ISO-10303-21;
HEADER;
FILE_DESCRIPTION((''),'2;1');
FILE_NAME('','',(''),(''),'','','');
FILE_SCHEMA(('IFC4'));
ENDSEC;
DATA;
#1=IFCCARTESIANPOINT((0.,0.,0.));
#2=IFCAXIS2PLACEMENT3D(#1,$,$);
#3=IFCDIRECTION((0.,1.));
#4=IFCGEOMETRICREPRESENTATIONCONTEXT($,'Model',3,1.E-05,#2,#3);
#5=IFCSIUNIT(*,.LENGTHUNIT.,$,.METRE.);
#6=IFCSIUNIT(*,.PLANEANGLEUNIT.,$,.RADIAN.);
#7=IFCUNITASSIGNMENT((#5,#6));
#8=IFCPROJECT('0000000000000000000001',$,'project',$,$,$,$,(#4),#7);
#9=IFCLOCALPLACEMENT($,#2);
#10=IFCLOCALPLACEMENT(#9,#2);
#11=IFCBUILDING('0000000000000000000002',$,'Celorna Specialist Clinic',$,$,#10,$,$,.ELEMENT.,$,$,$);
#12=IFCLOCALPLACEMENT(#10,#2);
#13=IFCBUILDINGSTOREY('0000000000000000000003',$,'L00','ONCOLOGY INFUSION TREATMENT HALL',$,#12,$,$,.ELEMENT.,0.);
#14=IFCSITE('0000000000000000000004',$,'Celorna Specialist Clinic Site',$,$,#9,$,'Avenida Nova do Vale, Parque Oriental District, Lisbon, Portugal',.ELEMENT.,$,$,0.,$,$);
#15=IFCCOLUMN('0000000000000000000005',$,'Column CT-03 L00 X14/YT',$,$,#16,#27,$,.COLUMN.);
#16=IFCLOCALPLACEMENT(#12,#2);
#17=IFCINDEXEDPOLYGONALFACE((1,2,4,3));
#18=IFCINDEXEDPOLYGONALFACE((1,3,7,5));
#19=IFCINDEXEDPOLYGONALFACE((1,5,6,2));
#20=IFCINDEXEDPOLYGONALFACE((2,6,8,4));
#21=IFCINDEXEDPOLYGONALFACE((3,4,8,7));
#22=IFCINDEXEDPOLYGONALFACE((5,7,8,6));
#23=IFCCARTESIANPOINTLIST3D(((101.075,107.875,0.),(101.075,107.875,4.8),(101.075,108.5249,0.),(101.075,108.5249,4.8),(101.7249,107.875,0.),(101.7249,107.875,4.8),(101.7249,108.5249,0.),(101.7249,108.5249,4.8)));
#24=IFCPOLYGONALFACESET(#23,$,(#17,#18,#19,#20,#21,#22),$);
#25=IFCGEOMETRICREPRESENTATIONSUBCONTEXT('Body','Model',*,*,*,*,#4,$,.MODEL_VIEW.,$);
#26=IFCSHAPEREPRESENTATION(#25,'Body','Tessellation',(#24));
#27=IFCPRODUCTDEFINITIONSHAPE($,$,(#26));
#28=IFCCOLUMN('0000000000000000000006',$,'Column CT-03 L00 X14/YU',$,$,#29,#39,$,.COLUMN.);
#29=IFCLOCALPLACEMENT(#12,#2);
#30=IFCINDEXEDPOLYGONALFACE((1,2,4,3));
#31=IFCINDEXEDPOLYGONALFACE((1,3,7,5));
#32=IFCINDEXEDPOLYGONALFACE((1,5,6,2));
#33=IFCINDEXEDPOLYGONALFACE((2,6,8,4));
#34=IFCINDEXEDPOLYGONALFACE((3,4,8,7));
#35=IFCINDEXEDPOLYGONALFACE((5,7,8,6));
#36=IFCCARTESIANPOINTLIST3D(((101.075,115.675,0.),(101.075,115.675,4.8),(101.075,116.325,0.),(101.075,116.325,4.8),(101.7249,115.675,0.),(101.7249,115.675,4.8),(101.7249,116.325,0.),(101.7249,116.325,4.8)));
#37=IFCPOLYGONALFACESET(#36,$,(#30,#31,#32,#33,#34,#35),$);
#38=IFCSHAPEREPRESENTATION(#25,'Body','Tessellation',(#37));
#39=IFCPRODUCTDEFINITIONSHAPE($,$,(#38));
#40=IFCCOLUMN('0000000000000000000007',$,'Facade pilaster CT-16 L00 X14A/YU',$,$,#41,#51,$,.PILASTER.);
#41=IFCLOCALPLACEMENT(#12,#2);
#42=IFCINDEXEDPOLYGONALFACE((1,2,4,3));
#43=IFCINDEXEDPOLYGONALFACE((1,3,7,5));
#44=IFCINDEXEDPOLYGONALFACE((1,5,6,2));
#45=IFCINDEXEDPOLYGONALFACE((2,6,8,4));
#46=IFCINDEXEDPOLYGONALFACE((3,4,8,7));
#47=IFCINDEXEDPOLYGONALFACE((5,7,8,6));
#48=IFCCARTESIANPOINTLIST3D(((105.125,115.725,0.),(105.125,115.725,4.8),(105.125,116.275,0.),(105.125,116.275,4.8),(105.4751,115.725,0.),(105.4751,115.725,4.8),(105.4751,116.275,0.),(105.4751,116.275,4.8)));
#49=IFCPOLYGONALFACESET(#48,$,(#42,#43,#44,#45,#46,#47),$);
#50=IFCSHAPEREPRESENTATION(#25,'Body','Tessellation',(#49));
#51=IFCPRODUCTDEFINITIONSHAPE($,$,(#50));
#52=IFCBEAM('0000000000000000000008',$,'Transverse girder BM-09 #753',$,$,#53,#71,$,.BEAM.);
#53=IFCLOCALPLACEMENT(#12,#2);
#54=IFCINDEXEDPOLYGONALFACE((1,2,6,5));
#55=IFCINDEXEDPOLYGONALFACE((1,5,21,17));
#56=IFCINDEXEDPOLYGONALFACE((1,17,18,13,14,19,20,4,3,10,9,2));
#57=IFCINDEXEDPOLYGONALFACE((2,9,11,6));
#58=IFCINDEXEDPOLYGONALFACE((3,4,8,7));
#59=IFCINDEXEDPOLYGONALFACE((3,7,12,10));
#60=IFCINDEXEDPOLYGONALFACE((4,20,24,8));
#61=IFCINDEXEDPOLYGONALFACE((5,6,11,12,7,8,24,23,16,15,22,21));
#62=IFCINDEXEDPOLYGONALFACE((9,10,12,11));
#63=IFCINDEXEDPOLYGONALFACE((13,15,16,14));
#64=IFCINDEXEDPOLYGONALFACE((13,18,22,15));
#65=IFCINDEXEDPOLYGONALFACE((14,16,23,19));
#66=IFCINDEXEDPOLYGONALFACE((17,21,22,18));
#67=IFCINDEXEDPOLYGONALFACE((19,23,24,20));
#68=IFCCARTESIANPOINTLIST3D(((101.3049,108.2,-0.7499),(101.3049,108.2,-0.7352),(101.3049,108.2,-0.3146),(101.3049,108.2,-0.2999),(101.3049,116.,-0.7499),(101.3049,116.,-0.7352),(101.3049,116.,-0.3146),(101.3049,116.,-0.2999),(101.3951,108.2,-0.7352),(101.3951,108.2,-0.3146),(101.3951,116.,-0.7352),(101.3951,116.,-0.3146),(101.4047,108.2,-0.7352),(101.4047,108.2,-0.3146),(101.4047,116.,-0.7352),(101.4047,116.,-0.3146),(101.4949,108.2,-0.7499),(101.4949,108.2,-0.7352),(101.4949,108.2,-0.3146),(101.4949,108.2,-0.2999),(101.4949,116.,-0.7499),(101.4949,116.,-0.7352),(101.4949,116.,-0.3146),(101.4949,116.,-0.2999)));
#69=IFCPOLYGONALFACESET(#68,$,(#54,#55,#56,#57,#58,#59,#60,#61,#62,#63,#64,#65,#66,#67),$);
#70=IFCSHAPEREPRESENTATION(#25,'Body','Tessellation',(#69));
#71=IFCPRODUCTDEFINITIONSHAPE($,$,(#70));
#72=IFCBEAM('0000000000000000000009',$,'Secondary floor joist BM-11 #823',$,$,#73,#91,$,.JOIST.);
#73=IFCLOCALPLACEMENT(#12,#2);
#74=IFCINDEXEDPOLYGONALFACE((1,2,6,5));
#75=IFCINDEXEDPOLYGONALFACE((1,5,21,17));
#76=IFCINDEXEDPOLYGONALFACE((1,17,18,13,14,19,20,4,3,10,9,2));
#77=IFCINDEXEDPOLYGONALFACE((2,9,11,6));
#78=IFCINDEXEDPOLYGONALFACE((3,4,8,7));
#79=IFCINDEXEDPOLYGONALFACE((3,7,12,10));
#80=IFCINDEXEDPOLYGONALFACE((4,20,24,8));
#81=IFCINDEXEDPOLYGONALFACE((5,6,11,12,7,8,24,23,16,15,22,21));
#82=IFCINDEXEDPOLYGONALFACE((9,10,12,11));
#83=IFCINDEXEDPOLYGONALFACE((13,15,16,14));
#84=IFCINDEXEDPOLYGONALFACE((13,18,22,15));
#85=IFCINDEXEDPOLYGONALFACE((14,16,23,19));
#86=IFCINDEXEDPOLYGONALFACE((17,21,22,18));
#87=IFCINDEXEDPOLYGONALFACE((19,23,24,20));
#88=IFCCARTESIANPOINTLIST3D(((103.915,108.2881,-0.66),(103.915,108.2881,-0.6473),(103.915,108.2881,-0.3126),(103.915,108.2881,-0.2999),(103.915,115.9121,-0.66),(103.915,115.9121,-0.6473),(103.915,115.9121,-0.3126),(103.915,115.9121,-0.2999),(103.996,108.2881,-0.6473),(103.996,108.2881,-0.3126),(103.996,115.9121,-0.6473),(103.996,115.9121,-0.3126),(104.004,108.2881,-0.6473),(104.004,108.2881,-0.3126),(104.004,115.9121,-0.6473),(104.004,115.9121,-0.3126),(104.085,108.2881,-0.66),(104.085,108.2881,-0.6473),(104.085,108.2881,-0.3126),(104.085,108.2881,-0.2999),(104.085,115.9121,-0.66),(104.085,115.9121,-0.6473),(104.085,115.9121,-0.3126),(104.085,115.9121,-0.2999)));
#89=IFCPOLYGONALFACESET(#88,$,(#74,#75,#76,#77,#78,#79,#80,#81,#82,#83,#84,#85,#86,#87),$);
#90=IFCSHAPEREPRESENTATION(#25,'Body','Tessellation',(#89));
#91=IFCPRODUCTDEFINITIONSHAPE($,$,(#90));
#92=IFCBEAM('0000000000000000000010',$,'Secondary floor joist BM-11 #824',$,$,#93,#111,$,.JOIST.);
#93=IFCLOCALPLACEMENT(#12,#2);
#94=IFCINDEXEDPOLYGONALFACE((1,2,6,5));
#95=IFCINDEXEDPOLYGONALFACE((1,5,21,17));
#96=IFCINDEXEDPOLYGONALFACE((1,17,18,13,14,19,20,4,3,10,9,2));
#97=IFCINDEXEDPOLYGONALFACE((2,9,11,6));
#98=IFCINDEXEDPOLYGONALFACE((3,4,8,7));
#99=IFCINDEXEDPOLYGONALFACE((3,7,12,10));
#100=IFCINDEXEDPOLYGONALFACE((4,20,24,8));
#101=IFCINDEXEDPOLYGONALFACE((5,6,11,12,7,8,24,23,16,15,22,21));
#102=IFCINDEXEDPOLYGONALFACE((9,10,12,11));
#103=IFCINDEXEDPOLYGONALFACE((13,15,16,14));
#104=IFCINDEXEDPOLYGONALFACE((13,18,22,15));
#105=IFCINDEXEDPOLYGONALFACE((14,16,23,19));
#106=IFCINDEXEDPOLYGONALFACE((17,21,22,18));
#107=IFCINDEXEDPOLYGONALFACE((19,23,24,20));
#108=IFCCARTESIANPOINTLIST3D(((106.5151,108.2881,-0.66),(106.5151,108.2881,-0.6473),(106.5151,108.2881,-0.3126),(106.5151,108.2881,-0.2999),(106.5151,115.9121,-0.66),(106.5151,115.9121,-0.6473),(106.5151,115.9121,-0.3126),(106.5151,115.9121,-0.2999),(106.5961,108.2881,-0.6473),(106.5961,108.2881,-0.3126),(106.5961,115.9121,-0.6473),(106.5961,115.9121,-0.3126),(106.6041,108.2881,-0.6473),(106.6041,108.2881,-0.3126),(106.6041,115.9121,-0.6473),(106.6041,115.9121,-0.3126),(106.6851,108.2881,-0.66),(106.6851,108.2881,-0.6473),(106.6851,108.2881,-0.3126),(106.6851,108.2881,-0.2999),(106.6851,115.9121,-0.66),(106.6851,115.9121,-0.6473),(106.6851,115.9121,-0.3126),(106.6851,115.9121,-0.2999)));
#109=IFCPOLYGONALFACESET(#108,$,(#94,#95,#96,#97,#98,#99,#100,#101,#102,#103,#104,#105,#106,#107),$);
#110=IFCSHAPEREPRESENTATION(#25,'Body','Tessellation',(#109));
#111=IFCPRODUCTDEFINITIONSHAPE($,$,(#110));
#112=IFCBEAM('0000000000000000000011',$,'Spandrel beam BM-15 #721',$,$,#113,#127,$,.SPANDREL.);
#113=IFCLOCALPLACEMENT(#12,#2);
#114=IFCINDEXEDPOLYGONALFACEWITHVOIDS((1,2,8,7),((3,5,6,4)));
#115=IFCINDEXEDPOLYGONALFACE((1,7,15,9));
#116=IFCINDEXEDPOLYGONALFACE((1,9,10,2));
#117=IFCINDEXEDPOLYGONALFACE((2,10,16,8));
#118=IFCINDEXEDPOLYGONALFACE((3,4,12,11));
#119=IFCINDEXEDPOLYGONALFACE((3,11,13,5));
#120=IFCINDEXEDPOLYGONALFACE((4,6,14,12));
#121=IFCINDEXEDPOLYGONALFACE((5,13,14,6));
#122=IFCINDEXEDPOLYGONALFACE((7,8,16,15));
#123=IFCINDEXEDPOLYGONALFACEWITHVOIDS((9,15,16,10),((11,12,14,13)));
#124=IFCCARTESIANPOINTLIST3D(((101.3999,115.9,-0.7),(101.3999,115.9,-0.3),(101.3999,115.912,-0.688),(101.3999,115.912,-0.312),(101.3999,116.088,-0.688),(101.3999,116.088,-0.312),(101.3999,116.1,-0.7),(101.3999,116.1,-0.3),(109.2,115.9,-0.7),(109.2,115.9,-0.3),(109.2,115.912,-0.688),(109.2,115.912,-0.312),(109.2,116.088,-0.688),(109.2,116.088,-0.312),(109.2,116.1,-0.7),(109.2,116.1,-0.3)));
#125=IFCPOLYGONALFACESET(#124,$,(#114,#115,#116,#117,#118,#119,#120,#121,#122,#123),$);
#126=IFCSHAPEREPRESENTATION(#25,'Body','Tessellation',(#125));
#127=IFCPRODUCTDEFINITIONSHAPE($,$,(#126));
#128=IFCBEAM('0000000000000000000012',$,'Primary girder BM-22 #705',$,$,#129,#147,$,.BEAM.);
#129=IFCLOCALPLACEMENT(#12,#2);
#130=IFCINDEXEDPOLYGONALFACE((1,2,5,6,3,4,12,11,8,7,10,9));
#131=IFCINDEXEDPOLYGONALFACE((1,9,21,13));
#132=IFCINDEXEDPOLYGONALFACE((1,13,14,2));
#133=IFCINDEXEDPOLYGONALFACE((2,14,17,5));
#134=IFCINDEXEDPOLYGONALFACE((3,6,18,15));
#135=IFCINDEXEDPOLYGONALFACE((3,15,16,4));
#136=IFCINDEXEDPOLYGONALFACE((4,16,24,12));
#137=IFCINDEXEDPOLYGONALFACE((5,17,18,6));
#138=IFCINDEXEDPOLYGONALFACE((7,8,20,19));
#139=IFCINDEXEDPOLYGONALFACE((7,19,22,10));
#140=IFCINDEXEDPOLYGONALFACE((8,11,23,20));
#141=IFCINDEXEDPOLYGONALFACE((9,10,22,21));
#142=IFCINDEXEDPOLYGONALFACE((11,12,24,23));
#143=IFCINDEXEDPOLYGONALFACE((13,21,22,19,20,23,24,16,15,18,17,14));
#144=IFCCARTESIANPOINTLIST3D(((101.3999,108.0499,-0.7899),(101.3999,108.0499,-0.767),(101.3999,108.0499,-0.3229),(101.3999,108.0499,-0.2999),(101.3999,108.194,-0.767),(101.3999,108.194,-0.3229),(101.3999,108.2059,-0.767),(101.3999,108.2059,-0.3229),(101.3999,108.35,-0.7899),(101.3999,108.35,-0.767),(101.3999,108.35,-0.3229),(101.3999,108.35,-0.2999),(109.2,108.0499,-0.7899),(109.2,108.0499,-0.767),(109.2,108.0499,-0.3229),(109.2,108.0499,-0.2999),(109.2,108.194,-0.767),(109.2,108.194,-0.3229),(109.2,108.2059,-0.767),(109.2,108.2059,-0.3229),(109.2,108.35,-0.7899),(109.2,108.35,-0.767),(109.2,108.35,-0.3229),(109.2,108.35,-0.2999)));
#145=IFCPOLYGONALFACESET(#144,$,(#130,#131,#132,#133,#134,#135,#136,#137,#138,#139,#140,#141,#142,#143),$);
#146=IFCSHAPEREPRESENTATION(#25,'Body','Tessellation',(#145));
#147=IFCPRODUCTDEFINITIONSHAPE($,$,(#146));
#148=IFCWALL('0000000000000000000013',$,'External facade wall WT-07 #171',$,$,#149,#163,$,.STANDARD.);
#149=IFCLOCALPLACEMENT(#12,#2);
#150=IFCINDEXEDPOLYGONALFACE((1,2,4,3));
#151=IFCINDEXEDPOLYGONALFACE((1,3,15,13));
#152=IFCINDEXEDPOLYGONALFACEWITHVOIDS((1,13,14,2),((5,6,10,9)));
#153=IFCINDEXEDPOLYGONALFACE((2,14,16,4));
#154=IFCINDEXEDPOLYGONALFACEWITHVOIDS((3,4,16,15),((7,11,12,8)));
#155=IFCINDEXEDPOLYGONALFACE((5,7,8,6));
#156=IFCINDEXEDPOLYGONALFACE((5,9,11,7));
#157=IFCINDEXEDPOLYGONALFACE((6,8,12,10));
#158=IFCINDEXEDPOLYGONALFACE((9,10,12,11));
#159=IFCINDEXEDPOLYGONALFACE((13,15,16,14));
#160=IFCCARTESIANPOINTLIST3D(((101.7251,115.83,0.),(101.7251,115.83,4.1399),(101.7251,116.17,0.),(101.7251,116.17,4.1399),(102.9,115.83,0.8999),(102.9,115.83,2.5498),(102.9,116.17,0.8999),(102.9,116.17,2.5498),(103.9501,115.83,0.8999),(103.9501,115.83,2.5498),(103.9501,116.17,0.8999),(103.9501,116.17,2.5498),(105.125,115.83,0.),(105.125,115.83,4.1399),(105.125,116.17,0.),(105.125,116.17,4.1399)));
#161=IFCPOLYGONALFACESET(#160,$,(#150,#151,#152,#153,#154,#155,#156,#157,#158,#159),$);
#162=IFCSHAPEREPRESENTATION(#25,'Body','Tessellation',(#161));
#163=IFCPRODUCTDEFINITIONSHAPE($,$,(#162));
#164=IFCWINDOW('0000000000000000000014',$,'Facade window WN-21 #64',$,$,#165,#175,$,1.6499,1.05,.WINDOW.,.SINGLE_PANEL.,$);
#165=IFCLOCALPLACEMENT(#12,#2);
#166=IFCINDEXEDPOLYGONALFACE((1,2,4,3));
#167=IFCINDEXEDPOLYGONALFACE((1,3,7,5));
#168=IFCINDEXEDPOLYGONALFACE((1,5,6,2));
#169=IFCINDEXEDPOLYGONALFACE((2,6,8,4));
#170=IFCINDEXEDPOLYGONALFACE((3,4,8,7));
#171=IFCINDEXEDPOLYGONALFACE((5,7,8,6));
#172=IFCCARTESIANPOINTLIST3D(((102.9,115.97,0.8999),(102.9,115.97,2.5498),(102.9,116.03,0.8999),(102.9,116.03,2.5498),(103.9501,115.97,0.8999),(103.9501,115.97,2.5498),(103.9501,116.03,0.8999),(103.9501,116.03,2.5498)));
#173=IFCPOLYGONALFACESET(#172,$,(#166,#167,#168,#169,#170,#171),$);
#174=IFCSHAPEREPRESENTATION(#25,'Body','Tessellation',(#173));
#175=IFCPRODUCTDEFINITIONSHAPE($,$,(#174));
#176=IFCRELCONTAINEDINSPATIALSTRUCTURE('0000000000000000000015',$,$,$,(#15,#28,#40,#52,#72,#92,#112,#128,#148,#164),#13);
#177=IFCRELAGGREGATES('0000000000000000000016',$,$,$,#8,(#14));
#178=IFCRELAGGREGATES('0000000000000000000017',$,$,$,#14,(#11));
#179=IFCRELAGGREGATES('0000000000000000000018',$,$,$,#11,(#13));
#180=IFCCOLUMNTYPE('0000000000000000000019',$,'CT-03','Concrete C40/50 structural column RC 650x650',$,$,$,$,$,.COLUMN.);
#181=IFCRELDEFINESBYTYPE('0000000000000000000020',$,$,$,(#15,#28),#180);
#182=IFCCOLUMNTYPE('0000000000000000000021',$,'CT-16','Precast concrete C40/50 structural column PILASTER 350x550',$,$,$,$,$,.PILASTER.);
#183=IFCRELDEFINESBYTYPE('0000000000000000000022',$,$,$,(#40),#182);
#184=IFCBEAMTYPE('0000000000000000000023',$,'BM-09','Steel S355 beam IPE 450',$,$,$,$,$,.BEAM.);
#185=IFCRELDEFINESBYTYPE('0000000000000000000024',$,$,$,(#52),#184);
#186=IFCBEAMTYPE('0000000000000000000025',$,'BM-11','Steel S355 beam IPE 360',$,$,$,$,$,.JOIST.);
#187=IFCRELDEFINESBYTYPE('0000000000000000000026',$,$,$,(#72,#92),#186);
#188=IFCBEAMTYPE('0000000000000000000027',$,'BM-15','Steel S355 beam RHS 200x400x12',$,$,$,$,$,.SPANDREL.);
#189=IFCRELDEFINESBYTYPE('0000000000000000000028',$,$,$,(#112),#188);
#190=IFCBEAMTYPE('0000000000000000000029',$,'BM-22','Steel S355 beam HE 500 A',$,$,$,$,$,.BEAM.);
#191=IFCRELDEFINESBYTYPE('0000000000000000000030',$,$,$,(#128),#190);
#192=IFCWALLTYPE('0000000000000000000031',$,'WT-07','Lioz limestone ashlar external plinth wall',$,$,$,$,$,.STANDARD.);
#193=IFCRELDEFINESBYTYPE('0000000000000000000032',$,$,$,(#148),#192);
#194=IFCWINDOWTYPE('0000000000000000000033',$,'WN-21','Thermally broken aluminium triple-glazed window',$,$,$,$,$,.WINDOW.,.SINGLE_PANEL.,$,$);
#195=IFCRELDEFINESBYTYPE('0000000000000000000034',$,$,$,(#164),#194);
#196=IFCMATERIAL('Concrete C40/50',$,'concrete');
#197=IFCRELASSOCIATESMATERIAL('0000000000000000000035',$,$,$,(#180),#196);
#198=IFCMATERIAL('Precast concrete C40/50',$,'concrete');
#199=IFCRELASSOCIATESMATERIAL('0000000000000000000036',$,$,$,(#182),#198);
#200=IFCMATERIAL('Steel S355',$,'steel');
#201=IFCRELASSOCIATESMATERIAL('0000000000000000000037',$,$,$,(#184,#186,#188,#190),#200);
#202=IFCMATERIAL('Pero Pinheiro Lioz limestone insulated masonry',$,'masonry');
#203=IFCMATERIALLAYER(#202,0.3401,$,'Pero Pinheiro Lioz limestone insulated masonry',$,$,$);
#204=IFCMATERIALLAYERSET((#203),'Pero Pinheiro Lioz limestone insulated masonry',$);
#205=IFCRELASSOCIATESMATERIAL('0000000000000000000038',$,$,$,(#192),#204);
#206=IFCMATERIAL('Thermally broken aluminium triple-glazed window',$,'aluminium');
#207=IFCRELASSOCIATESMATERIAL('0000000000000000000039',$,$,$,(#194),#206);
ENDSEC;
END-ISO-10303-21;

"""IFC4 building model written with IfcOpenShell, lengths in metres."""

from ifc_helpers import new_model, si_unit, direction, frame, frame_2d, origin, origin_2d, place, context, subcontext, project, spatial, rectangle, hollow_rectangle, i_section, extrude, material, layer, layer_set, material_profile, profile_set, type_object, element, fill, save


model = new_model("IFC4")

# Units and contexts
model_context = context("Model", 3, precision=1e-05, world=origin(), true_north=direction((0.0, 1.0)))
body_context = subcontext(model_context, "Body", "Model", "MODEL_VIEW")
ifc_project = project(units=[si_unit("LENGTHUNIT", "METRE"), si_unit("PLANEANGLEUNIT", "RADIAN")], contexts=[model_context])

# Site, building, storey
site_placement = place(None, origin())
site = spatial("IfcSite", under=ifc_project, at=site_placement, Name="Celorna Specialist Clinic Site", LongName="Avenida Nova do Vale, Parque Oriental District, Lisbon, Portugal", CompositionType="ELEMENT", RefElevation=0.0)
building_placement = place(site_placement, origin())
building = spatial("IfcBuilding", under=site, at=building_placement, Name="Celorna Specialist Clinic", CompositionType="ELEMENT")
storey_placement = place(building_placement, origin())
storey = spatial("IfcBuildingStorey", under=building, at=storey_placement, Name="L00", Description="ONCOLOGY INFUSION TREATMENT HALL", CompositionType="ELEMENT", Elevation=0.0)

# Columns
ifc_material_1 = material(Name="Concrete C40/50", Category="concrete")
ifc_material_profile_1 = material_profile(ifc_material_1, rectangle(XDim=0.6499, YDim=0.6499, at=origin_2d()), Name="RC 650x650")
ifc_profile_set_1 = profile_set([ifc_material_profile_1], Name="Concrete C40/50")
column_type_1 = type_object("IfcColumnType", Name="CT-03", Description="Concrete C40/50 structural column RC 650x650", PredefinedType="COLUMN", material=ifc_profile_set_1)
for number, where, z_axis, x_axis, name in (
    (1, (101.3999, 108.2, 0.0), (0.0, 0.0, 1.0), (1.0, 0.0, 0.0), "Column CT-03 L00 X14/YT"),
    (2, (101.3999, 116.0, 0.0), (0.0, 0.0, 1.0), (1.0, 0.0, 0.0), "Column CT-03 L00 X14/YU"),
):
    element("IfcColumn", number, at=place(storey_placement, frame(where, z_axis=z_axis, x_axis=x_axis)), inside=storey, type_object=column_type_1, Name=name, PredefinedType="COLUMN", context=body_context, shape_type="SweptSolid", body=[
        extrude(rectangle(XDim=0.6499, YDim=0.6499, at=origin_2d()), origin(), (0.0, 0.0, 1.0), 4.8),
    ])
ifc_material_2 = material(Name="Precast concrete C40/50", Category="concrete")
ifc_material_profile_2 = material_profile(ifc_material_2, rectangle(XDim=0.3501, YDim=0.55, at=origin_2d()), Name="PILASTER 350x550")
ifc_profile_set_2 = profile_set([ifc_material_profile_2], Name="Precast concrete C40/50")
column_type_2 = type_object("IfcColumnType", Name="CT-16", Description="Precast concrete C40/50 structural column PILASTER 350x550", PredefinedType="PILASTER", material=ifc_profile_set_2)
column_placement = place(storey_placement, frame((105.3, 116.0, 0.0), z_axis=(0.0, 0.0, 1.0), x_axis=(1.0, 0.0, 0.0)))
element("IfcColumn", 3, at=column_placement, inside=storey, type_object=column_type_2, Name="Facade pilaster CT-16 L00 X14A/YU", PredefinedType="PILASTER", context=body_context, shape_type="SweptSolid", body=[
    extrude(rectangle(XDim=0.3501, YDim=0.55, at=origin_2d()), origin(), (0.0, 0.0, 1.0), 4.8),
])

# Beams
ifc_material_3 = material(Name="Steel S355", Category="steel")
ifc_material_profile_3 = material_profile(ifc_material_3, i_section(OverallWidth=0.1899, OverallDepth=0.45, WebThickness=0.0095, FlangeThickness=0.0146, at=origin_2d()), Name="IPE 450")
ifc_profile_set_3 = profile_set([ifc_material_profile_3], Name="Steel S355")
beam_type_1 = type_object("IfcBeamType", Name="BM-09", Description="Steel S355 beam IPE 450", PredefinedType="BEAM", material=ifc_profile_set_3)
beam_1_placement = place(storey_placement, frame((101.3999, 108.2, -0.5249), z_axis=(0.0, 1.0, 0.0), x_axis=(-1.0, 0.0, 0.0)))
element("IfcBeam", 4, at=beam_1_placement, inside=storey, type_object=beam_type_1, Name="Transverse girder BM-09 #753", PredefinedType="BEAM", context=body_context, shape_type="SweptSolid", body=[
    extrude(i_section(OverallWidth=0.1899, OverallDepth=0.45, WebThickness=0.0095, FlangeThickness=0.0146, at=origin_2d()), origin(), (0.0, 0.0, 1.0), 7.8),
])
ifc_material_profile_4 = material_profile(ifc_material_3, i_section(OverallWidth=0.1699, OverallDepth=0.3601, WebThickness=0.0081, FlangeThickness=0.0127, at=origin_2d()), Name="IPE 360")
ifc_profile_set_4 = profile_set([ifc_material_profile_4], Name="Steel S355")
beam_type_2 = type_object("IfcBeamType", Name="BM-11", Description="Steel S355 beam IPE 360", PredefinedType="JOIST", material=ifc_profile_set_4)
for number, where, z_axis, x_axis, name in (
    (5, (104.0, 108.2881, -0.48), (0.0, 1.0, 0.0), (-1.0, 0.0, 0.0), "Secondary floor joist BM-11 #823"),
    (6, (106.6001, 108.2881, -0.48), (0.0, 1.0, 0.0), (-1.0, 0.0, 0.0), "Secondary floor joist BM-11 #824"),
):
    element("IfcBeam", number, at=place(storey_placement, frame(where, z_axis=z_axis, x_axis=x_axis)), inside=storey, type_object=beam_type_2, Name=name, PredefinedType="JOIST", context=body_context, shape_type="SweptSolid", body=[
        extrude(i_section(OverallWidth=0.1699, OverallDepth=0.3601, WebThickness=0.0081, FlangeThickness=0.0127, at=origin_2d()), origin(), (0.0, 0.0, 1.0), 7.624),
    ])
ifc_material_profile_5 = material_profile(ifc_material_3, hollow_rectangle(XDim=0.2, YDim=0.3999, WallThickness=0.012, at=origin_2d()), Name="RHS 200x400x12")
ifc_profile_set_5 = profile_set([ifc_material_profile_5], Name="Steel S355")
beam_type_3 = type_object("IfcBeamType", Name="BM-15", Description="Steel S355 beam RHS 200x400x12", PredefinedType="SPANDREL", material=ifc_profile_set_5)
beam_2_placement = place(storey_placement, frame((101.3999, 116.0, -0.5), z_axis=(1.0, 0.0, 0.0), x_axis=(0.0, 1.0, 0.0)))
element("IfcBeam", 7, at=beam_2_placement, inside=storey, type_object=beam_type_3, Name="Spandrel beam BM-15 #721", PredefinedType="SPANDREL", context=body_context, shape_type="SweptSolid", body=[
    extrude(hollow_rectangle(XDim=0.2, YDim=0.3999, WallThickness=0.012, at=origin_2d()), origin(), (0.0, 0.0, 1.0), 7.8),
])
ifc_material_profile_6 = material_profile(ifc_material_3, i_section(OverallWidth=0.3, OverallDepth=0.49, WebThickness=0.012, FlangeThickness=0.0229, at=origin_2d()), Name="HE 500 A")
ifc_profile_set_6 = profile_set([ifc_material_profile_6], Name="Steel S355")
beam_type_4 = type_object("IfcBeamType", Name="BM-22", Description="Steel S355 beam HE 500 A", PredefinedType="BEAM", material=ifc_profile_set_6)
beam_3_placement = place(storey_placement, frame((101.3999, 108.2, -0.5449), z_axis=(1.0, 0.0, 0.0), x_axis=(0.0, 1.0, 0.0)))
element("IfcBeam", 8, at=beam_3_placement, inside=storey, type_object=beam_type_4, Name="Primary girder BM-22 #705", PredefinedType="BEAM", context=body_context, shape_type="SweptSolid", body=[
    extrude(i_section(OverallWidth=0.3, OverallDepth=0.49, WebThickness=0.012, FlangeThickness=0.0229, at=origin_2d()), origin(), (0.0, 0.0, 1.0), 7.8),
])

# Wall, opening, window
ifc_material_4 = material(Name="Pero Pinheiro Lioz limestone insulated masonry", Category="masonry")
ifc_layer_1 = layer(ifc_material_4, 0.3401, Name="Pero Pinheiro Lioz limestone insulated masonry")
ifc_layer_set_1 = layer_set([ifc_layer_1], Name="Pero Pinheiro Lioz limestone insulated masonry")
wall_type_1 = type_object("IfcWallType", Name="WT-07", Description="Lioz limestone ashlar external plinth wall", PredefinedType="STANDARD", material=ifc_layer_set_1)
wall_1_placement = place(storey_placement, frame((101.7251, 116.0, 0.0), z_axis=(0.0, 0.0, 1.0), x_axis=(1.0, 0.0, 0.0)))
wall_1 = element("IfcWall", 9, at=wall_1_placement, inside=storey, type_object=wall_type_1, Name="External facade wall WT-07 #171", PredefinedType="STANDARD", context=body_context, shape_type="SweptSolid", body=[
    extrude(rectangle(XDim=3.3999, YDim=0.3401, at=frame_2d((1.7, 0.0))), origin(), (0.0, 0.0, 1.0), 4.1399),
])
opening_1_placement = place(wall_1_placement, frame((1.175, 0.0, 0.8999)))
opening_1 = element("IfcOpeningElement", 10, at=opening_1_placement, cuts=wall_1, PredefinedType="OPENING", context=body_context, shape_type="SweptSolid", body=[
    extrude(rectangle(XDim=1.05, YDim=1.6499, at=frame_2d((0.5249, 0.825))), frame((0.0, 0.1799, 0.0), z_axis=(0.0, -1.0, 0.0), x_axis=(1.0, 0.0, 0.0)), (0.0, 0.0, 1.0), 0.3601),
])
ifc_material_5 = material(Name="Thermally broken aluminium triple-glazed window", Category="aluminium")
window_type_1 = type_object("IfcWindowType", Name="WN-21", Description="Thermally broken aluminium triple-glazed window", PartitioningType="SINGLE_PANEL", PredefinedType="WINDOW", material=ifc_material_5)
window_1_placement = place(opening_1_placement, origin())
window_1 = element("IfcWindow", 11, at=window_1_placement, inside=storey, type_object=window_type_1, Name="Facade window WN-21 #64", OverallHeight=1.6499, OverallWidth=1.05, PartitioningType="SINGLE_PANEL", PredefinedType="WINDOW", context=body_context, shape_type="SweptSolid", body=[
    extrude(rectangle(XDim=1.05, YDim=1.6499, at=frame_2d((0.5249, 0.825))), frame((0.0, 0.03, 0.0), z_axis=(0.0, -1.0, 0.0), x_axis=(1.0, 0.0, 0.0)), (0.0, 0.0, 1.0), 0.0601),
])
fill(opening_1, window_1)

save(model, "model.ifc")
